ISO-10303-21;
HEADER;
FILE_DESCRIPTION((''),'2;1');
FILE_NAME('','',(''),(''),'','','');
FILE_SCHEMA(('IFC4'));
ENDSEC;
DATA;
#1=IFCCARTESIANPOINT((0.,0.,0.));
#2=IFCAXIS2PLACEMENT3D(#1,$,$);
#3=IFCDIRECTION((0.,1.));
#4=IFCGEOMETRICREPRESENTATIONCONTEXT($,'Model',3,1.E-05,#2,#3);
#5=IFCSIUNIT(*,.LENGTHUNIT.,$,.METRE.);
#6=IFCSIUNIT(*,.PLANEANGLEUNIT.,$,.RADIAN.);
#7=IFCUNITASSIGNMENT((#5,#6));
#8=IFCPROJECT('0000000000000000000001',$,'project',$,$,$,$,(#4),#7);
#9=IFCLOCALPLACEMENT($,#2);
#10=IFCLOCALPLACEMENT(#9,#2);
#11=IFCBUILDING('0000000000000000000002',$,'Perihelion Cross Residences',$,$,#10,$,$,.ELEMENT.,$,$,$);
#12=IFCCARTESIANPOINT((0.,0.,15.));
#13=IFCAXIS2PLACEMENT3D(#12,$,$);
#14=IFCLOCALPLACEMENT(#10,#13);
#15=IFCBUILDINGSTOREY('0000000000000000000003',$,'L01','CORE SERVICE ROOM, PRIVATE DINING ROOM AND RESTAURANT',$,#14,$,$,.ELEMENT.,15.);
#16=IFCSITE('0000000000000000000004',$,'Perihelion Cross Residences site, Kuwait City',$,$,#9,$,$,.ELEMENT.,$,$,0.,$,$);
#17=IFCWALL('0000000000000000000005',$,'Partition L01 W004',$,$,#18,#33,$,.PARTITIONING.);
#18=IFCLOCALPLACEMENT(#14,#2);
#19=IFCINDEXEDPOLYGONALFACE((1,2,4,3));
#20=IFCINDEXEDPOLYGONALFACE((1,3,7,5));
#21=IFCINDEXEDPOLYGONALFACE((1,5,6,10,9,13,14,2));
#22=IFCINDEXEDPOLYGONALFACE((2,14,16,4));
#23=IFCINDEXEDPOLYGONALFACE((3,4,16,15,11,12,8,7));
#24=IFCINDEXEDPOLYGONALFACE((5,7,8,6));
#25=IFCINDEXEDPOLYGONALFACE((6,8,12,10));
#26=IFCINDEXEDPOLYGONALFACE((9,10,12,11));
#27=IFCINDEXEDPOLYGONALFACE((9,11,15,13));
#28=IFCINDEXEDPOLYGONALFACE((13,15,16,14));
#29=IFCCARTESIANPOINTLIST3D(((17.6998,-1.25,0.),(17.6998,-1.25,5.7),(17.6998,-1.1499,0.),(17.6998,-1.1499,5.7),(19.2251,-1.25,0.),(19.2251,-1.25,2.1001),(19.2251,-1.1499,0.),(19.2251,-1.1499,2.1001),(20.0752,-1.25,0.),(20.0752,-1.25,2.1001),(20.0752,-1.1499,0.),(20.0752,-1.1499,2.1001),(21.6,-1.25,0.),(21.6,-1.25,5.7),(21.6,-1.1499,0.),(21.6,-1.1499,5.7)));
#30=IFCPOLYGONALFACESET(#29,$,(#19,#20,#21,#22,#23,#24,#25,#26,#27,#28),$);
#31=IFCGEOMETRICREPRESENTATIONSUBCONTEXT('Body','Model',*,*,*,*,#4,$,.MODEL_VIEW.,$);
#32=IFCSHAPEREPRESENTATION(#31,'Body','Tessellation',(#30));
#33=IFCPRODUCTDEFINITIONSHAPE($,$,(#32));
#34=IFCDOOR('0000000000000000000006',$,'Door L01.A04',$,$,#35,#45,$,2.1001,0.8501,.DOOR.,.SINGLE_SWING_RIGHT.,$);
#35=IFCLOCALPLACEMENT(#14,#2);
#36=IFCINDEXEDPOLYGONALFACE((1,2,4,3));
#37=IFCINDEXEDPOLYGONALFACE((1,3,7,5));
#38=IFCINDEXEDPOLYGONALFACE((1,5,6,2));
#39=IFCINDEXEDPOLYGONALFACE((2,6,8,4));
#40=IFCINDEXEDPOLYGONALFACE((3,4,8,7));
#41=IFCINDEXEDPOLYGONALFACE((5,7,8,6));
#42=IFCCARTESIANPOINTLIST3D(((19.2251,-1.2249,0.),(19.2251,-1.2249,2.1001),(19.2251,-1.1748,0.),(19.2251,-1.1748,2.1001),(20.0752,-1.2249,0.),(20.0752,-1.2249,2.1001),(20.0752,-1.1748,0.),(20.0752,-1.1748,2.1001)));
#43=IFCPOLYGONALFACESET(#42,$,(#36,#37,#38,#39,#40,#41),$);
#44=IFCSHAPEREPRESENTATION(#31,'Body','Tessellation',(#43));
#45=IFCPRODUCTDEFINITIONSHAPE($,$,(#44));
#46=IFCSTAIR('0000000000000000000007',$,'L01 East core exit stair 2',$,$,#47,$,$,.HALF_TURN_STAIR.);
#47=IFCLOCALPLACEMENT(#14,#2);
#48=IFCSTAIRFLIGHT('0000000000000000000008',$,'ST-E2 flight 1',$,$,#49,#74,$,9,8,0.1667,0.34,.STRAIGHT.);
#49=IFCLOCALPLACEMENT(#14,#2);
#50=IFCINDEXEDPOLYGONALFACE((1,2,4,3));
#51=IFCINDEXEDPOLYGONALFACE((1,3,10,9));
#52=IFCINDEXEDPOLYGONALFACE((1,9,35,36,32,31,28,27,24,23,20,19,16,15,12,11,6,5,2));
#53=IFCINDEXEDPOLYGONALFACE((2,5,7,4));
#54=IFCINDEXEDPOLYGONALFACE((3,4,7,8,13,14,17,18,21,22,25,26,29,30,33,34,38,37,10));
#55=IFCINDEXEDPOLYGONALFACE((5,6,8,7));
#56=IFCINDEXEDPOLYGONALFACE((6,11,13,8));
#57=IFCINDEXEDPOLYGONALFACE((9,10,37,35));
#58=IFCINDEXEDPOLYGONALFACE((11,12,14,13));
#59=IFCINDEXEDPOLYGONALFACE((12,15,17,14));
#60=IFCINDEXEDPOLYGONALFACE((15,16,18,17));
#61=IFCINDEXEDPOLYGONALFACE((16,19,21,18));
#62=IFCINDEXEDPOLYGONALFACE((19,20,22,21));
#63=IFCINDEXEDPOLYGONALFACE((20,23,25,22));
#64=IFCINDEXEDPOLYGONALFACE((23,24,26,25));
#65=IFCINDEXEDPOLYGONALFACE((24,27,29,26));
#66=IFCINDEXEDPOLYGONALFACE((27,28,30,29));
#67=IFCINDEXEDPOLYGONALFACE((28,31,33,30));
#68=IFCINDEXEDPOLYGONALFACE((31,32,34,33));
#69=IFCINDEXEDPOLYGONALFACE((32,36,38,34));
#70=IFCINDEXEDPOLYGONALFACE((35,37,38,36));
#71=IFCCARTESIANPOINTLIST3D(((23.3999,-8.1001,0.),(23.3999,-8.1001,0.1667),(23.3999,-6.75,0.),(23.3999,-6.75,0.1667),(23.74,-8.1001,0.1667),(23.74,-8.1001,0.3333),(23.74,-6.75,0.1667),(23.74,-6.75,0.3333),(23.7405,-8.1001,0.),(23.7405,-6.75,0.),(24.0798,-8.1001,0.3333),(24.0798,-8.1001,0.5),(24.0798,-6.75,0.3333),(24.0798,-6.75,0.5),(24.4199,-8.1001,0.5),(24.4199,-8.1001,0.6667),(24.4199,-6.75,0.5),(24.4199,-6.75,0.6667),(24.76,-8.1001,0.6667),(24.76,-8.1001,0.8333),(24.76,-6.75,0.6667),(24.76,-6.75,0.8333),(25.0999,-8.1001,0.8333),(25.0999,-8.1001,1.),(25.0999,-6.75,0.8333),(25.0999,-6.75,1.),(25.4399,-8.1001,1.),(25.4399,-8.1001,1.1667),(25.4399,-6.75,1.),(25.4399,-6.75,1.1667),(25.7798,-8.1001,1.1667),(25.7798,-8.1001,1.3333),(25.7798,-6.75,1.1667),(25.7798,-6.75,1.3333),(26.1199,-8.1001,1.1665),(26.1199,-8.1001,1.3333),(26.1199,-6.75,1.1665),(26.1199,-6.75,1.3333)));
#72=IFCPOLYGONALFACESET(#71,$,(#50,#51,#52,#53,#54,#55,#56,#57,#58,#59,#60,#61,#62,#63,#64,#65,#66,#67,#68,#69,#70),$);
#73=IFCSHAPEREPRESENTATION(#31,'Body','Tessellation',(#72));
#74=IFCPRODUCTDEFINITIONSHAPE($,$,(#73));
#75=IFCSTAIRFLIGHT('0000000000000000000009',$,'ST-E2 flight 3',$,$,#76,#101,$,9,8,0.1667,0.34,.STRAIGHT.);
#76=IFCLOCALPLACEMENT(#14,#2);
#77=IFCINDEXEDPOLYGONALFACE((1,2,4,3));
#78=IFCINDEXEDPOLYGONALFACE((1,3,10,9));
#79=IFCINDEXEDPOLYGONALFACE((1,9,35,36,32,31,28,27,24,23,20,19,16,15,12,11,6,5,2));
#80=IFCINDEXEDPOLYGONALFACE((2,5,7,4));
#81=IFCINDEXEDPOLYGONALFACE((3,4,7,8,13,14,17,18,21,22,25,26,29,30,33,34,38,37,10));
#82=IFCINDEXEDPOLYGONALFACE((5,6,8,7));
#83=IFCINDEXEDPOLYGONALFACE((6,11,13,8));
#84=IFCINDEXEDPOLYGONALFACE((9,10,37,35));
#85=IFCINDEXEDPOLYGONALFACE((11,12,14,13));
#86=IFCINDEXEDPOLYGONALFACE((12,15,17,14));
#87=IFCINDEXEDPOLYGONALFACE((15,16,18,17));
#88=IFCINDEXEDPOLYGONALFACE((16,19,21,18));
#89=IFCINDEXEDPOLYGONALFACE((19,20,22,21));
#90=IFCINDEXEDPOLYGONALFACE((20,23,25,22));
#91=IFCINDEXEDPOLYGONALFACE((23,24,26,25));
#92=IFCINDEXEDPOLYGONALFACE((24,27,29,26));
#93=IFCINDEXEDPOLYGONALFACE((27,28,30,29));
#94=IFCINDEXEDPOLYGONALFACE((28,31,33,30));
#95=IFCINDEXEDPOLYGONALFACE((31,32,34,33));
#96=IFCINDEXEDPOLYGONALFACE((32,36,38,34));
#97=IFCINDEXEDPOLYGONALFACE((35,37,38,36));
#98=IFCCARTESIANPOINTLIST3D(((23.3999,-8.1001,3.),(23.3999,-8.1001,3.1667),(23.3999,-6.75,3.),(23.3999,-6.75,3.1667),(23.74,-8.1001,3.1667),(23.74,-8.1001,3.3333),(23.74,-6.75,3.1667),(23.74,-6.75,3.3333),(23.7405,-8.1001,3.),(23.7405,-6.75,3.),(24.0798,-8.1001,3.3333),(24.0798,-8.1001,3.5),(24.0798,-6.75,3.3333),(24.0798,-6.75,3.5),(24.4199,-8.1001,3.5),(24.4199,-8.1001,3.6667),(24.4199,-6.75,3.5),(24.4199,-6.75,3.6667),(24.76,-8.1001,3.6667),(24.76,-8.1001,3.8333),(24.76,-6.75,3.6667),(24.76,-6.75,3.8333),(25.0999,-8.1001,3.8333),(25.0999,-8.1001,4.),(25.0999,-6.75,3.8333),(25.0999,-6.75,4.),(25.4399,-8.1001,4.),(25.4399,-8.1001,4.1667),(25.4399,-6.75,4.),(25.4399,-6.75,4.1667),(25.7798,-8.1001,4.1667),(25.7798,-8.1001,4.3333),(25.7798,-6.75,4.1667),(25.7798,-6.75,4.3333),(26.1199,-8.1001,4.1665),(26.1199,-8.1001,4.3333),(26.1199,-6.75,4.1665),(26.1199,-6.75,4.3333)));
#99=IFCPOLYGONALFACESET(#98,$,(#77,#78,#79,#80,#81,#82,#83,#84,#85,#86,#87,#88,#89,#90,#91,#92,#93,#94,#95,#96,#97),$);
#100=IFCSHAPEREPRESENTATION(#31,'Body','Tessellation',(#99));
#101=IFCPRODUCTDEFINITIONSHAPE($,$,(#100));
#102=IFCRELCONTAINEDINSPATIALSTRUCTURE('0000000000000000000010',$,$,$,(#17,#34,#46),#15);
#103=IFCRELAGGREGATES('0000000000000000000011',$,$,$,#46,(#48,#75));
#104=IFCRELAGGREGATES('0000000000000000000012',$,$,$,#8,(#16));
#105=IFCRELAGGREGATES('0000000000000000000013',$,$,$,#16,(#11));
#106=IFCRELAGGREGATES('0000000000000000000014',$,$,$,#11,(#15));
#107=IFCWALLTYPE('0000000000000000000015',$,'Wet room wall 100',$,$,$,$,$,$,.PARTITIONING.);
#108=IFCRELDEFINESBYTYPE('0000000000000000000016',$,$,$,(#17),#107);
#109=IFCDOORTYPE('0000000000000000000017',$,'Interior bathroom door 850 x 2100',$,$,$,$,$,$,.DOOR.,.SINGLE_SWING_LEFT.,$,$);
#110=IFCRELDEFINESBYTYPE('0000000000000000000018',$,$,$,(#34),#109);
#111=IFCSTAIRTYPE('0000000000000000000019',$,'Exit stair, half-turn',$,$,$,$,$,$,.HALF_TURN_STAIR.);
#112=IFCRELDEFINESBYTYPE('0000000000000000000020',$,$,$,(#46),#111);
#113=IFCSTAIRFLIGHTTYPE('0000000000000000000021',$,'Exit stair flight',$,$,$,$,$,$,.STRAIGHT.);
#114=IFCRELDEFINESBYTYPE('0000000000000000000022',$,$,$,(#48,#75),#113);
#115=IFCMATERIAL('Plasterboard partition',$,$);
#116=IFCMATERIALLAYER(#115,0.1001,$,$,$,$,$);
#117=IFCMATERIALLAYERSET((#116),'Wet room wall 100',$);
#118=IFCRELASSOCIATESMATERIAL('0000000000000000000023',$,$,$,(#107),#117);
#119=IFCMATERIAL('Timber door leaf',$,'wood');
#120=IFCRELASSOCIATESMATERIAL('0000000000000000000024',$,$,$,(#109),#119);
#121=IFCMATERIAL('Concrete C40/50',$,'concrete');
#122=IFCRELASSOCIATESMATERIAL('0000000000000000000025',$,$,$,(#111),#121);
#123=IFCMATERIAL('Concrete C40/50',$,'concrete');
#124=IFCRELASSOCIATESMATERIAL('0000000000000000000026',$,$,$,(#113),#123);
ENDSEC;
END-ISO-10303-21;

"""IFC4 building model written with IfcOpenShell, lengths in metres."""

from ifc_helpers import new_model, si_unit, direction, frame, frame_2d, origin, place, context, subcontext, project, spatial, polyline, rectangle, outline, extrude, material, layer, layer_set, type_object, element, fill, aggregate, save


model = new_model("IFC4")

# Units and contexts
model_context = context("Model", 3, precision=1e-05, world=origin(), true_north=direction((0.0, 1.0)))
body_context = subcontext(model_context, "Body", "Model", "MODEL_VIEW")
ifc_project = project(units=[si_unit("LENGTHUNIT", "METRE"), si_unit("PLANEANGLEUNIT", "RADIAN")], contexts=[model_context])

# Site, building, storey
site_placement = place(None, origin())
site = spatial("IfcSite", under=ifc_project, at=site_placement, Name="Perihelion Cross Residences site, Kuwait City", CompositionType="ELEMENT", RefElevation=0.0)
building_placement = place(site_placement, origin())
building = spatial("IfcBuilding", under=site, at=building_placement, Name="Perihelion Cross Residences", CompositionType="ELEMENT")
storey_placement = place(building_placement, frame((0.0, 0.0, 15.0)))
storey = spatial("IfcBuildingStorey", under=building, at=storey_placement, Name="L01", Description="CORE SERVICE ROOM, PRIVATE DINING ROOM AND RESTAURANT", CompositionType="ELEMENT", Elevation=15.0)

# Wall, opening, door
ifc_material_1 = material(Name="Plasterboard partition")
ifc_layer_1 = layer(ifc_material_1, 0.1001)
ifc_layer_set_1 = layer_set([ifc_layer_1], Name="Wet room wall 100")
wall_type_1 = type_object("IfcWallType", Name="Wet room wall 100", PredefinedType="PARTITIONING", material=ifc_layer_set_1)
wall_1_placement = place(storey_placement, frame((21.6001, -1.2, 0.0), z_axis=(0.0, 0.0, 1.0), x_axis=(-1.0, 0.0, 0.0)))
wall_1 = element("IfcWall", 1, at=wall_1_placement, inside=storey, type_object=wall_type_1, Name="Partition L01 W004", PredefinedType="PARTITIONING", context=body_context, shape_type="SweptSolid", body=[
    extrude(rectangle(XDim=3.9001, YDim=0.1001, at=frame_2d((1.9502, 0.0))), origin(), (0.0, 0.0, 1.0), 5.7),
])
opening_1_placement = place(wall_1_placement, frame((1.5249, 0.0, 0.0)))
opening_1 = element("IfcOpeningElement", 2, at=opening_1_placement, cuts=wall_1, PredefinedType="OPENING", context=body_context, shape_type="SweptSolid", body=[
    extrude(rectangle(XDim=0.8501, YDim=2.1001, at=frame_2d((0.425, 1.05))), frame((0.0, 0.0601, 0.0), z_axis=(0.0, -1.0, 0.0), x_axis=(1.0, 0.0, 0.0)), (0.0, 0.0, 1.0), 0.1201),
])
ifc_material_2 = material(Name="Timber door leaf", Category="wood")
door_type_1 = type_object("IfcDoorType", Name="Interior bathroom door 850 x 2100", OperationType="SINGLE_SWING_LEFT", PredefinedType="DOOR", material=ifc_material_2)
door_1_placement = place(opening_1_placement, origin())
door_1 = element("IfcDoor", 3, at=door_1_placement, inside=storey, type_object=door_type_1, Name="Door L01.A04", OperationType="SINGLE_SWING_RIGHT", OverallHeight=2.1001, OverallWidth=0.8501, PredefinedType="DOOR", context=body_context, shape_type="SweptSolid", body=[
    extrude(rectangle(XDim=0.8501, YDim=2.1001, at=frame_2d((0.425, 1.05))), frame((0.0, 0.0249, 0.0), z_axis=(0.0, -1.0, 0.0), x_axis=(1.0, 0.0, 0.0)), (0.0, 0.0, 1.0), 0.05),
])
fill(opening_1, door_1)

# Stair, stair flights
ifc_material_3 = material(Name="Concrete C40/50", Category="concrete")
stair_type = type_object("IfcStairType", Name="Exit stair, half-turn", PredefinedType="HALF_TURN_STAIR", material=ifc_material_3)
stair_placement = place(storey_placement, origin())
stair = element("IfcStair", 4, at=stair_placement, inside=storey, type_object=stair_type, Name="L01 East core exit stair 2", PredefinedType="HALF_TURN_STAIR")
ifc_material_4 = material(Name="Concrete C40/50", Category="concrete")
stair_flight_type = type_object("IfcStairFlightType", Name="Exit stair flight", PredefinedType="STRAIGHT", material=ifc_material_4)
stair_flight_1_placement = place(storey_placement, frame((23.3999, -7.425, 0.0), z_axis=(0.0, 0.0, 1.0), x_axis=(1.0, 0.0, 0.0)))
stair_flight_1 = element("IfcStairFlight", 5, at=stair_flight_1_placement, type_object=stair_flight_type, Name="ST-E2 flight 1", NumberOfRisers=9, NumberOfTreads=8, PredefinedType="STRAIGHT", RiserHeight=0.1667, TreadLength=0.34, context=body_context, shape_type="SweptSolid", body=[
    extrude(outline(polyline([(0.0, 0.0), (0.0, 0.1667), (0.3401, 0.1667), (0.3401, 0.3333), (0.6799, 0.3333), (0.6799, 0.5), (1.02, 0.5), (1.02, 0.6667), (1.3601, 0.6667), (1.3601, 0.8333), (1.7, 0.8333), (1.7, 1.0), (2.04, 1.0), (2.04, 1.1667), (2.3799, 1.1667), (2.3799, 1.3333), (2.72, 1.3333), (2.72, 1.5), (2.72, 1.1665), (0.3406, 0.0), (0.0, 0.0)])), frame((0.0, 0.675, 0.0), z_axis=(0.0, -1.0, 0.0), x_axis=(1.0, 0.0, 0.0)), (0.0, 0.0, 1.0), 1.3501),
])
stair_flight_2_placement = place(storey_placement, frame((23.3999, -7.425, 3.0), z_axis=(0.0, 0.0, 1.0), x_axis=(1.0, 0.0, 0.0)))
stair_flight_2 = element("IfcStairFlight", 6, at=stair_flight_2_placement, type_object=stair_flight_type, Name="ST-E2 flight 3", NumberOfRisers=9, NumberOfTreads=8, PredefinedType="STRAIGHT", RiserHeight=0.1667, TreadLength=0.34, context=body_context, shape_type="SweptSolid", body=[
    extrude(outline(polyline([(0.0, 0.0), (0.0, 0.1667), (0.3401, 0.1667), (0.3401, 0.3333), (0.6799, 0.3333), (0.6799, 0.5), (1.02, 0.5), (1.02, 0.6667), (1.3601, 0.6667), (1.3601, 0.8333), (1.7, 0.8333), (1.7, 1.0), (2.04, 1.0), (2.04, 1.1667), (2.3799, 1.1667), (2.3799, 1.3333), (2.72, 1.3333), (2.72, 1.5), (2.72, 1.1665), (0.3406, 0.0), (0.0, 0.0)])), frame((0.0, 0.675, 0.0), z_axis=(0.0, -1.0, 0.0), x_axis=(1.0, 0.0, 0.0)), (0.0, 0.0, 1.0), 1.3501),
])
aggregate(stair, [stair_flight_1, stair_flight_2])

save(model, "model.ifc")
